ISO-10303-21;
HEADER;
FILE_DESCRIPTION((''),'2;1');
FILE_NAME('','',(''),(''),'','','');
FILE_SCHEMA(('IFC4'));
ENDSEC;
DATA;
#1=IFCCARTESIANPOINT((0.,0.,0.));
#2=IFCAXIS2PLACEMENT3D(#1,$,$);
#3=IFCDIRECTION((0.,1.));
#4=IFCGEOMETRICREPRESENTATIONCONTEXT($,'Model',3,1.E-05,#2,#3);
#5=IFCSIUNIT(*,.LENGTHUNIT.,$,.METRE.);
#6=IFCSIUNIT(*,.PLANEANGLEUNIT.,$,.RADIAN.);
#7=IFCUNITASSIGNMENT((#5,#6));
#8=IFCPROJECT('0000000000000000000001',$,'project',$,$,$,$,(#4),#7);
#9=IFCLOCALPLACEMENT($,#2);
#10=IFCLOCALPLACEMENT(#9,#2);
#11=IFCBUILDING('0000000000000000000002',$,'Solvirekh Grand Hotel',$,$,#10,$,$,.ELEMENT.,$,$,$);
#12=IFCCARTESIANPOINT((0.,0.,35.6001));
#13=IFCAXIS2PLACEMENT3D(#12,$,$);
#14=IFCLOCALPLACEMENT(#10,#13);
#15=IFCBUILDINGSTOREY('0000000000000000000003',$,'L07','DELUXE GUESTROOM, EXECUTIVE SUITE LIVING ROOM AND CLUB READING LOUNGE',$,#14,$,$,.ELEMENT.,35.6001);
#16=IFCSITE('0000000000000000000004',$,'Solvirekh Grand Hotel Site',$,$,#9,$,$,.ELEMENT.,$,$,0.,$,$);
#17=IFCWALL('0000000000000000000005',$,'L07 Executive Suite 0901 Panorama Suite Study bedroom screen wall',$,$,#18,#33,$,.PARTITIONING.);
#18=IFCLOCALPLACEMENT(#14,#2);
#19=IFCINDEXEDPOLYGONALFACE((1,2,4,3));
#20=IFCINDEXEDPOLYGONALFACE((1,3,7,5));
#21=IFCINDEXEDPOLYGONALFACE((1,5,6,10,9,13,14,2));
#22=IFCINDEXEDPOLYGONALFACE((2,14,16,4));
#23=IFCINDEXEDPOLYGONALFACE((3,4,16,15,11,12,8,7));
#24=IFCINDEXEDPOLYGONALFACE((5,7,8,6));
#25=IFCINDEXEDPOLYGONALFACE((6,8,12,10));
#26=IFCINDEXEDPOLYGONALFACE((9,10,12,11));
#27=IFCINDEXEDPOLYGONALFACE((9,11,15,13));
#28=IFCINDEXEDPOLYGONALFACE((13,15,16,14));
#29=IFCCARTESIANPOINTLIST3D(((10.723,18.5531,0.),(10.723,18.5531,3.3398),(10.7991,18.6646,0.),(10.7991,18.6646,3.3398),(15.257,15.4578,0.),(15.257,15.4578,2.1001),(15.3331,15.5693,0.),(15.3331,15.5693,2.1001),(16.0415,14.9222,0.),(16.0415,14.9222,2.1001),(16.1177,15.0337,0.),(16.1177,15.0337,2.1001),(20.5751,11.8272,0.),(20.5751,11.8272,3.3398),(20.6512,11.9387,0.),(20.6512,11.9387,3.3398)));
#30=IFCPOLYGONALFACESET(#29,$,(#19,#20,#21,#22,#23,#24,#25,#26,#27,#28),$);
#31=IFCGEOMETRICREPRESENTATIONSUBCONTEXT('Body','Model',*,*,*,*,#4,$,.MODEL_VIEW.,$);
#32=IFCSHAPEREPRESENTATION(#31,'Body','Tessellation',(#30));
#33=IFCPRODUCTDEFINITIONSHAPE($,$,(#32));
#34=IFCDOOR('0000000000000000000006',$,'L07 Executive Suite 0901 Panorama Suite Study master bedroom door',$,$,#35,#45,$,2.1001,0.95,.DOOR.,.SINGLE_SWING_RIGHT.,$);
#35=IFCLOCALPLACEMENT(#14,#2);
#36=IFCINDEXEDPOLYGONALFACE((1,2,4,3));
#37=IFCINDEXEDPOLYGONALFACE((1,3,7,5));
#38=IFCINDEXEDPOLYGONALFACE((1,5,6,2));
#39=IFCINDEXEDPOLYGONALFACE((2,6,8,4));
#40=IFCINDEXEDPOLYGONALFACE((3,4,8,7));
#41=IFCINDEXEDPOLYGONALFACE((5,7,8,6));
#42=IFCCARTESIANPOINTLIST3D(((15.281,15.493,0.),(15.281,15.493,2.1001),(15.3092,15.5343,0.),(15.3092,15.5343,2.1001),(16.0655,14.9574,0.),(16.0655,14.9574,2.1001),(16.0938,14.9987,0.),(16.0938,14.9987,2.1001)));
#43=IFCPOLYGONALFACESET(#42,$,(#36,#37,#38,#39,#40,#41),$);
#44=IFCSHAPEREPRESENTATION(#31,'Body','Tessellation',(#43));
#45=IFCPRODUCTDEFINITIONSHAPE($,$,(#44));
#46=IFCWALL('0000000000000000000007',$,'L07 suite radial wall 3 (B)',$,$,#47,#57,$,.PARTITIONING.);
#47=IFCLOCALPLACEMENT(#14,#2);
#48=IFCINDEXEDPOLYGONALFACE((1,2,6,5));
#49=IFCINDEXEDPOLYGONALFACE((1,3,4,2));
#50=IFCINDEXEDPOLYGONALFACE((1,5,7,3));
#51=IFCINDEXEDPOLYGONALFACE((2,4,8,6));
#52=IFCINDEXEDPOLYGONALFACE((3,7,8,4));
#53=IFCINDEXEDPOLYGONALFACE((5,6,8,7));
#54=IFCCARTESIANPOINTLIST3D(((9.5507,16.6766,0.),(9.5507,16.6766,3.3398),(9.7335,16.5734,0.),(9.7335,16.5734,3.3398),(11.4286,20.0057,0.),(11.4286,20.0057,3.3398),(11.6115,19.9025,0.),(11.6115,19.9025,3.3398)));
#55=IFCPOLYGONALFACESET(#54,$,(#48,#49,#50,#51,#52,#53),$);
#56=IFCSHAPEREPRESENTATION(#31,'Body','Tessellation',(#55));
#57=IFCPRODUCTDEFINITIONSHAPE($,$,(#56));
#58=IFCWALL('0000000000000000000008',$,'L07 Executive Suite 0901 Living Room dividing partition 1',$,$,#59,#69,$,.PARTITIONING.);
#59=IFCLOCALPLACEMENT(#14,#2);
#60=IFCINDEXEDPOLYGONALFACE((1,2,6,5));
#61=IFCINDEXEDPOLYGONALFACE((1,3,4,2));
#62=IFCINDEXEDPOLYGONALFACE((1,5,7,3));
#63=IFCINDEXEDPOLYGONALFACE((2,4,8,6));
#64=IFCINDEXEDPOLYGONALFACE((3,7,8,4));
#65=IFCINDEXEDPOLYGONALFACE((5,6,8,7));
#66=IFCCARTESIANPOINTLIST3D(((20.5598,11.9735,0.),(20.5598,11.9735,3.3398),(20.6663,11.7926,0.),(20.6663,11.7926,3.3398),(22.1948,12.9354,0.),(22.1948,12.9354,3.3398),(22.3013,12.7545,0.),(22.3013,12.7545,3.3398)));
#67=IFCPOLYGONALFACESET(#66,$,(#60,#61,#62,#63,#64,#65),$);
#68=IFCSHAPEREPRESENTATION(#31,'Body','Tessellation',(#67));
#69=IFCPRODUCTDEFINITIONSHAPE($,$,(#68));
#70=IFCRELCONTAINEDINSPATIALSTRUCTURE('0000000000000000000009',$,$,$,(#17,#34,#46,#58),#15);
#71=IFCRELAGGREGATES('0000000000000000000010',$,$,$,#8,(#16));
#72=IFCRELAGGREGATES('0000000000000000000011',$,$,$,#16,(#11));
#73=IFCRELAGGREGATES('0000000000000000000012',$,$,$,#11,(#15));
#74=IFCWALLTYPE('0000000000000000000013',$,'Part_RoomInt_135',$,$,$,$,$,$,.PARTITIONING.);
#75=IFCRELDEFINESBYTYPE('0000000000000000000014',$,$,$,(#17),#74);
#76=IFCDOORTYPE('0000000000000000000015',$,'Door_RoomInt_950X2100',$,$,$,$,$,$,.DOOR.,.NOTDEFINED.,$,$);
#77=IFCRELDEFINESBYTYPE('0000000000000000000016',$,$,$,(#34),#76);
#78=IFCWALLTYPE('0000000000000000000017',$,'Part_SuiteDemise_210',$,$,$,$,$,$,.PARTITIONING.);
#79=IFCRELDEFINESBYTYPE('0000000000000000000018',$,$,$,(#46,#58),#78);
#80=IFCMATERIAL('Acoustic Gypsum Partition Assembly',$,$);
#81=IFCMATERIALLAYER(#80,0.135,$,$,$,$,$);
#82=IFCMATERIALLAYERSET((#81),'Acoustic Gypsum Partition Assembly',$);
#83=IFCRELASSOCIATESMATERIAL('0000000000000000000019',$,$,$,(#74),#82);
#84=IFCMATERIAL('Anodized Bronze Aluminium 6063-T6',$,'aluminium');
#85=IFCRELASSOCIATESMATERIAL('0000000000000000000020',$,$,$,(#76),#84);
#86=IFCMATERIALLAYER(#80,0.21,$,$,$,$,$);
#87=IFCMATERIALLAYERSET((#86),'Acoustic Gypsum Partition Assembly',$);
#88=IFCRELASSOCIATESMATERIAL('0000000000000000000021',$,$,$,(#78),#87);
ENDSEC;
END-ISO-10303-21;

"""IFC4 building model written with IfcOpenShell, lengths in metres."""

from ifc_helpers import new_model, si_unit, direction, frame, frame_2d, origin, place, context, subcontext, project, spatial, rectangle, extrude, material, layer, layer_set, type_object, element, fill, save


model = new_model("IFC4")

# Units and contexts
model_context = context("Model", 3, precision=1e-05, world=origin(), true_north=direction((0.0, 1.0)))
body_context = subcontext(model_context, "Body", "Model", "MODEL_VIEW")
ifc_project = project(units=[si_unit("LENGTHUNIT", "METRE"), si_unit("PLANEANGLEUNIT", "RADIAN")], contexts=[model_context])

# Site, building, storey
site_placement = place(None, origin())
site = spatial("IfcSite", under=ifc_project, at=site_placement, Name="Solvirekh Grand Hotel Site", CompositionType="ELEMENT", RefElevation=0.0)
building_placement = place(site_placement, origin())
building = spatial("IfcBuilding", under=site, at=building_placement, Name="Solvirekh Grand Hotel", CompositionType="ELEMENT")
storey_placement = place(building_placement, frame((0.0, 0.0, 35.6001)))
storey = spatial("IfcBuildingStorey", under=building, at=storey_placement, Name="L07", Description="DELUXE GUESTROOM, EXECUTIVE SUITE LIVING ROOM AND CLUB READING LOUNGE", CompositionType="ELEMENT", Elevation=35.6001)

# Shared definitions
ifc_material_1 = material(Name="Anodized Bronze Aluminium 6063-T6", Category="aluminium")

# Wall, opening, door
ifc_material_2 = material(Name="Acoustic Gypsum Partition Assembly")
ifc_layer_1 = layer(ifc_material_2, 0.135)
ifc_layer_set_1 = layer_set([ifc_layer_1], Name="Acoustic Gypsum Partition Assembly")
wall_type_1 = type_object("IfcWallType", Name="Part_RoomInt_135", PredefinedType="PARTITIONING", material=ifc_layer_set_1)
wall_1_placement = place(storey_placement, frame((20.613, 11.8831, 0.0), z_axis=(0.0, 0.0, 1.0), x_axis=(-0.825895, 0.563824, 0.0)))
wall_1 = element("IfcWall", 1, at=wall_1_placement, inside=storey, type_object=wall_type_1, Name="L07 Executive Suite 0901 Panorama Suite Study bedroom screen wall", PredefinedType="PARTITIONING", context=body_context, shape_type="SweptSolid", body=[
    extrude(rectangle(XDim=11.929, YDim=0.135, at=frame_2d((5.9644, 0.0))), origin(), (0.0, 0.0, 1.0), 3.3398),
])
opening_1_placement = place(wall_1_placement, frame((5.489, 0.0, 0.0)))
opening_1 = element("IfcOpeningElement", 2, at=opening_1_placement, cuts=wall_1, PredefinedType="OPENING", context=body_context, shape_type="SweptSolid", body=[
    extrude(rectangle(XDim=0.95, YDim=2.1001, at=frame_2d((0.4751, 1.05))), frame((0.0, 0.0776, 0.0), z_axis=(0.0, -1.0, 0.0), x_axis=(1.0, 0.0, 0.0)), (0.0, 0.0, 1.0), 0.155),
])
door_type = type_object("IfcDoorType", Name="Door_RoomInt_950X2100", OperationType="NOTDEFINED", PredefinedType="DOOR", material=ifc_material_1)
door_placement = place(opening_1_placement, origin())
door = element("IfcDoor", 3, at=door_placement, inside=storey, type_object=door_type, Name="L07 Executive Suite 0901 Panorama Suite Study master bedroom door", OperationType="SINGLE_SWING_RIGHT", OverallHeight=2.1001, OverallWidth=0.95, PredefinedType="DOOR", context=body_context, shape_type="SweptSolid", body=[
    extrude(rectangle(XDim=0.95, YDim=2.1001, at=frame_2d((0.4751, 1.05))), frame((0.0, 0.0249, 0.0), z_axis=(0.0, -1.0, 0.0), x_axis=(1.0, 0.0, 0.0)), (0.0, 0.0, 1.0), 0.05),
])
fill(opening_1, door)

# Walls
ifc_layer_2 = layer(ifc_material_2, 0.21)
ifc_layer_set_2 = layer_set([ifc_layer_2], Name="Acoustic Gypsum Partition Assembly")
wall_type_2 = type_object("IfcWallType", Name="Part_SuiteDemise_210", PredefinedType="PARTITIONING", material=ifc_layer_set_2)
wall_2_placement = place(storey_placement, frame((9.6421, 16.625, 0.0), z_axis=(0.0, 0.0, 1.0), x_axis=(0.491316, 0.870981, 0.0)))
element("IfcWall", 4, at=wall_2_placement, inside=storey, type_object=wall_type_2, Name="L07 suite radial wall 3 (B)", PredefinedType="PARTITIONING", context=body_context, shape_type="SweptSolid", body=[
    extrude(rectangle(XDim=3.8223, YDim=0.21, at=frame_2d((1.9111, 0.0))), origin(), (0.0, 0.0, 1.0), 3.3398),
])
wall_3_placement = place(storey_placement, frame((20.613, 11.8831, 0.0), z_axis=(0.0, 0.0, 1.0), x_axis=(0.861901, 0.507076, 0.0)))
element("IfcWall", 5, at=wall_3_placement, inside=storey, type_object=wall_type_2, Name="L07 Executive Suite 0901 Living Room dividing partition 1", PredefinedType="PARTITIONING", context=body_context, shape_type="SweptSolid", body=[
    extrude(rectangle(XDim=1.897, YDim=0.21, at=frame_2d((0.9485, 0.0))), origin(), (0.0, 0.0, 1.0), 3.3398),
])

save(model, "model.ifc")
